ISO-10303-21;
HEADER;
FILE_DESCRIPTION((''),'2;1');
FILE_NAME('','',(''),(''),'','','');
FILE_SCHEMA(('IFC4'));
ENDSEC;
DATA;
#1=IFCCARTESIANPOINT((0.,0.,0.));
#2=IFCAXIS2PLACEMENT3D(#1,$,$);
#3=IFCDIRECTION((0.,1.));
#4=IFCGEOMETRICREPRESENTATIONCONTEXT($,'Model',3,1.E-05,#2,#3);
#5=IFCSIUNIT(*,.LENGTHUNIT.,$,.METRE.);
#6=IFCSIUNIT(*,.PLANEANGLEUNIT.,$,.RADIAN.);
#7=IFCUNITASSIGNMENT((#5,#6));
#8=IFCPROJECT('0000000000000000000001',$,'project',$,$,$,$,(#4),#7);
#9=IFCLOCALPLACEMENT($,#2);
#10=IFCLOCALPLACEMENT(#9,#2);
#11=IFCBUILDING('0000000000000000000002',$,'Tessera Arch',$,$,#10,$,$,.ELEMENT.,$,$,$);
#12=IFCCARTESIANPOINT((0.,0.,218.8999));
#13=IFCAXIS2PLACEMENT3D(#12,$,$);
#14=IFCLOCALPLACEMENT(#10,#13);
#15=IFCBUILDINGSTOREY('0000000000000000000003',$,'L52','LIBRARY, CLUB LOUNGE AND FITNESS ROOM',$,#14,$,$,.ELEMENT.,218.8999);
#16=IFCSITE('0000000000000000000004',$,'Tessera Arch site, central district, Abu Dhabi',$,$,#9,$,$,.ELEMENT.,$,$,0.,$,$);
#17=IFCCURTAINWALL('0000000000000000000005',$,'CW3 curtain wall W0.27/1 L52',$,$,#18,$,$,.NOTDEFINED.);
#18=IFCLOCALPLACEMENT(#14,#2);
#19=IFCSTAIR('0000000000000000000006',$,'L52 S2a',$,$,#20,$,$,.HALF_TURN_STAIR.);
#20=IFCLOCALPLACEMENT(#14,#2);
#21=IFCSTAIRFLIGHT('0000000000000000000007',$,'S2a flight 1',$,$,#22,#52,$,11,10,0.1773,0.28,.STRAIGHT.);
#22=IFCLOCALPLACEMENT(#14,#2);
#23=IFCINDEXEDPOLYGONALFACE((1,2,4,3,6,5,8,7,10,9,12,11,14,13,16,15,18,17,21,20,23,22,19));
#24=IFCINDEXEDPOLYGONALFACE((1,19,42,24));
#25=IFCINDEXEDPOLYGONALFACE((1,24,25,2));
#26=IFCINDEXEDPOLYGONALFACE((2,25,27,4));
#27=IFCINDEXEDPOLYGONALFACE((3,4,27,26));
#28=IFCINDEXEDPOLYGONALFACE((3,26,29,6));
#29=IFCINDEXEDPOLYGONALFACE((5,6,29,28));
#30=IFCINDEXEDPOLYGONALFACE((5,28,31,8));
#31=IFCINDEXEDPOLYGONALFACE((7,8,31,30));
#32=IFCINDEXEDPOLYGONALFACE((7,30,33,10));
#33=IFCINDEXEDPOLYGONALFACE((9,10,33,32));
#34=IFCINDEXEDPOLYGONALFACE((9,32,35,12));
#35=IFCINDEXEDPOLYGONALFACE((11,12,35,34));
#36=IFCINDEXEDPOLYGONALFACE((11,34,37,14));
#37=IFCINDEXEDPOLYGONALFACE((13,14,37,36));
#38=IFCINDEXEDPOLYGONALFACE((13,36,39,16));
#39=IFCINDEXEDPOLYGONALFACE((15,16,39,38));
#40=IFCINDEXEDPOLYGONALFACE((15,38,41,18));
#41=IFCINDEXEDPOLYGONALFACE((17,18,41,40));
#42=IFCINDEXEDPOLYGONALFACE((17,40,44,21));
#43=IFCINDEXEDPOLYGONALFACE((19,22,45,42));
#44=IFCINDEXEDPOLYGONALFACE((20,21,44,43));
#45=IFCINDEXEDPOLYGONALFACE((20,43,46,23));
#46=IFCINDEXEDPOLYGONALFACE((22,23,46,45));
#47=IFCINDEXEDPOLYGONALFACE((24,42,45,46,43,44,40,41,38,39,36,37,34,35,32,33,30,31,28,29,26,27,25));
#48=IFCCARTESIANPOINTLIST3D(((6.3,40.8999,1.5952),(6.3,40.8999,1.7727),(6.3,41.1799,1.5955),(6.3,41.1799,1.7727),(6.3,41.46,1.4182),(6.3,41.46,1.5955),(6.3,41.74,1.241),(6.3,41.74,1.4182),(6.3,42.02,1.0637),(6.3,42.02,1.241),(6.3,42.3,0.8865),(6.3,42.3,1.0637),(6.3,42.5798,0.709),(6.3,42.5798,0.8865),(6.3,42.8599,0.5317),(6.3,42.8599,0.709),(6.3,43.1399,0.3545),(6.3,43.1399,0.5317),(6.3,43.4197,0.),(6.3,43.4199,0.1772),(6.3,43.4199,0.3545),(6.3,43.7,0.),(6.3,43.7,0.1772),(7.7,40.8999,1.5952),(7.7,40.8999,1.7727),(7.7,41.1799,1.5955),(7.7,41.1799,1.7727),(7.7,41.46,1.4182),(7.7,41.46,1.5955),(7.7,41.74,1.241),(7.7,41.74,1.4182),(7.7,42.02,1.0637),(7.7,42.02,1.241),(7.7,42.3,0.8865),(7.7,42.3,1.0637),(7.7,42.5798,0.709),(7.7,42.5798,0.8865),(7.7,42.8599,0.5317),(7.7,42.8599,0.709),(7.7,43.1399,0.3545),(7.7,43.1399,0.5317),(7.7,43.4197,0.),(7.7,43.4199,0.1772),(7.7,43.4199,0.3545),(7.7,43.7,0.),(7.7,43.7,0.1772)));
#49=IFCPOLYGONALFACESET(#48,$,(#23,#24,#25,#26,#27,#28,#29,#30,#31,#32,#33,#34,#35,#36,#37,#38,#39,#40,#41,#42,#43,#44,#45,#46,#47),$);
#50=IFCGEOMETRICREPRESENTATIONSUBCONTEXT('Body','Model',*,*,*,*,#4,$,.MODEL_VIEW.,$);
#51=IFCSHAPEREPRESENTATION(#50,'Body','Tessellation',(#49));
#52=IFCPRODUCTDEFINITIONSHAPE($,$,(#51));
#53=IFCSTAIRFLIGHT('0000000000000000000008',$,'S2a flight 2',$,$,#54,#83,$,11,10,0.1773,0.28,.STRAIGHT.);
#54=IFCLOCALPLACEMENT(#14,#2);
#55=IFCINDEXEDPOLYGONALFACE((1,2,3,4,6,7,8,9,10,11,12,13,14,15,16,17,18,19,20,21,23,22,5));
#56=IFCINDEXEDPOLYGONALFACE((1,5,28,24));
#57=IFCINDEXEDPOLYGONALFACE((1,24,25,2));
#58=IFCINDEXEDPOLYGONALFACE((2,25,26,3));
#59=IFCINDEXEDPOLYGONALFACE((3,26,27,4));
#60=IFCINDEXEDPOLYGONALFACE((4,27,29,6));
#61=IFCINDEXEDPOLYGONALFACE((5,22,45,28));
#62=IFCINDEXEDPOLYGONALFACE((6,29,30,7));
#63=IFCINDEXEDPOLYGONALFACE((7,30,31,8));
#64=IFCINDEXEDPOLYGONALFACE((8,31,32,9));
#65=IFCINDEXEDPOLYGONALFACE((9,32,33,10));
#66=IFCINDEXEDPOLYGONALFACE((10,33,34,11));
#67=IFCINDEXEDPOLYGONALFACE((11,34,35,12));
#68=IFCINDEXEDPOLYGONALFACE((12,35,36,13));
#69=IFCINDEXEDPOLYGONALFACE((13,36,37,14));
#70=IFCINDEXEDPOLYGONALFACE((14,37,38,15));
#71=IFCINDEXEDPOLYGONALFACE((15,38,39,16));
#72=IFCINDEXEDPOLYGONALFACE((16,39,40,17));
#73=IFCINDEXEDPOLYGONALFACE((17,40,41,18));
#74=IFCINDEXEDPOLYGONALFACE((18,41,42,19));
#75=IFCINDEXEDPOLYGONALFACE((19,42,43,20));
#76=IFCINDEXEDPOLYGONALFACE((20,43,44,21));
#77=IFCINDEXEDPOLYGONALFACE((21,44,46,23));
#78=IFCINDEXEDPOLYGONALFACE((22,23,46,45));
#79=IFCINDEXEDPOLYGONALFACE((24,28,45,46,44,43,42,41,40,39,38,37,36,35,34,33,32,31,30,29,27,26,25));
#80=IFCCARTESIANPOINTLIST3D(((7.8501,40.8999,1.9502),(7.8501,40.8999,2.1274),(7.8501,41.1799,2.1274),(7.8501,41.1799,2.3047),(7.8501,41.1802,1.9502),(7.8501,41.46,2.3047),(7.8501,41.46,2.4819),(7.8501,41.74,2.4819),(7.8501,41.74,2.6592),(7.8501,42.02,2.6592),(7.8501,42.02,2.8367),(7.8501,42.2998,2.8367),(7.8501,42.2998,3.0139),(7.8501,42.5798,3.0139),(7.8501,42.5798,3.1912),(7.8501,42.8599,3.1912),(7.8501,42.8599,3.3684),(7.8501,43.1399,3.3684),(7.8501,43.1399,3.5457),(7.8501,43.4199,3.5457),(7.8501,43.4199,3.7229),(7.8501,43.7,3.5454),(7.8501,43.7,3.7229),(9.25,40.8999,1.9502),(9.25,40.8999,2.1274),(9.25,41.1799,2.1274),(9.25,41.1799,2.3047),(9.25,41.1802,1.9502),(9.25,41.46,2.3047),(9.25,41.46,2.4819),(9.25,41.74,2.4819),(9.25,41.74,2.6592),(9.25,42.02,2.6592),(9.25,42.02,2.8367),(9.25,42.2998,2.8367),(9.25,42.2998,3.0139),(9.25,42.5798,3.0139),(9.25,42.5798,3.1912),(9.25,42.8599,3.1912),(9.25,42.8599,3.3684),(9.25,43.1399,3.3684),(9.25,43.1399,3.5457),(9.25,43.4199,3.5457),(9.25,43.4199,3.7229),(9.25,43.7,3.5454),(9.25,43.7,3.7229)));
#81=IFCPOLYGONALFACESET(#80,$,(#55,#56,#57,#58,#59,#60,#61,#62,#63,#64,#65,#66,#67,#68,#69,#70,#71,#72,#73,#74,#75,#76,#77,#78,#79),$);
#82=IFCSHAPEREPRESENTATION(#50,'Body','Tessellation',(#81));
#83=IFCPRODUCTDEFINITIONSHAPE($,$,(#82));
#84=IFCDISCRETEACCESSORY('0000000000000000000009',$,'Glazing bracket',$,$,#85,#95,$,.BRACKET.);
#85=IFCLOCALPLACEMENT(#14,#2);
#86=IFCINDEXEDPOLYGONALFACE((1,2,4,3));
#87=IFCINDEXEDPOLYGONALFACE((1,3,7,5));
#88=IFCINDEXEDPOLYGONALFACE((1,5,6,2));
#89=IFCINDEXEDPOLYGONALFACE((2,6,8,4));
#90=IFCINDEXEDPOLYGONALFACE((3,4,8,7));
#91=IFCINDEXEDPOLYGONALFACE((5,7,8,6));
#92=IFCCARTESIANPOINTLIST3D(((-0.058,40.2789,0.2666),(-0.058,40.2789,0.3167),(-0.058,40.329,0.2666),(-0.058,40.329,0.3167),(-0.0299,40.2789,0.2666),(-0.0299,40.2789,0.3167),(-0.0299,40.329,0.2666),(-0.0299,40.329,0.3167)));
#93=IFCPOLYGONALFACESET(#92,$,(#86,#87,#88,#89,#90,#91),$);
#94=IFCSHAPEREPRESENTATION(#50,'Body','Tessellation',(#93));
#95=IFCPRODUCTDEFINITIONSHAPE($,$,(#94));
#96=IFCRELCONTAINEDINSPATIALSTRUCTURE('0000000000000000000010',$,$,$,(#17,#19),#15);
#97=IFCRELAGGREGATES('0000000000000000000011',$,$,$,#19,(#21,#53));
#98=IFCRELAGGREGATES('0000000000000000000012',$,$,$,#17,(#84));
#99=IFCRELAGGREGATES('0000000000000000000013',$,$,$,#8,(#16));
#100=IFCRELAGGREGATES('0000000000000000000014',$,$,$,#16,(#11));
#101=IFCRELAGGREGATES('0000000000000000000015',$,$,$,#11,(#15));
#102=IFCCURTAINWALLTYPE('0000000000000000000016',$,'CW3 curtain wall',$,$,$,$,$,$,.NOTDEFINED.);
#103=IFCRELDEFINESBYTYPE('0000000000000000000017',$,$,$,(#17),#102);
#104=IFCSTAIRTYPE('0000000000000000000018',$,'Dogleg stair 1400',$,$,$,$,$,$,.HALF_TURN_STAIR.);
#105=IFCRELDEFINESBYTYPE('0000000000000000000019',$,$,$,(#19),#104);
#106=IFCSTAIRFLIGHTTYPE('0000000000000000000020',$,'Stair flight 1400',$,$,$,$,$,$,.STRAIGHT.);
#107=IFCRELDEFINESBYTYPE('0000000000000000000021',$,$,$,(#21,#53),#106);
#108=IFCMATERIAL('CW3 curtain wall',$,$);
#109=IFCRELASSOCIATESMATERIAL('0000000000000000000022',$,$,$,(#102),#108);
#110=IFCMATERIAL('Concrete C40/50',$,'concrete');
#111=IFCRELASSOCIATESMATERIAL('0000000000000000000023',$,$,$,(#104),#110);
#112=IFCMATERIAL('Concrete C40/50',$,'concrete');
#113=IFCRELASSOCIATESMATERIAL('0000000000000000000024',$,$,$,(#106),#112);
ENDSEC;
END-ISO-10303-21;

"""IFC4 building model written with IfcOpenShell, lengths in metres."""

from ifc_helpers import new_model, si_unit, direction, frame, origin, origin_2d, place, context, subcontext, project, spatial, polyline, rectangle, outline, extrude, material, type_object, element, aggregate, save


model = new_model("IFC4")

# Units and contexts
model_context = context("Model", 3, precision=1e-05, world=origin(), true_north=direction((0.0, 1.0)))
body_context = subcontext(model_context, "Body", "Model", "MODEL_VIEW")
ifc_project = project(units=[si_unit("LENGTHUNIT", "METRE"), si_unit("PLANEANGLEUNIT", "RADIAN")], contexts=[model_context])

# Site, building, storey
site_placement = place(None, origin())
site = spatial("IfcSite", under=ifc_project, at=site_placement, Name="Tessera Arch site, central district, Abu Dhabi", CompositionType="ELEMENT", RefElevation=0.0)
building_placement = place(site_placement, origin())
building = spatial("IfcBuilding", under=site, at=building_placement, Name="Tessera Arch", CompositionType="ELEMENT")
storey_placement = place(building_placement, frame((0.0, 0.0, 218.8999)))
storey = spatial("IfcBuildingStorey", under=building, at=storey_placement, Name="L52", Description="LIBRARY, CLUB LOUNGE AND FITNESS ROOM", CompositionType="ELEMENT", Elevation=218.8999)

# Curtain wall
ifc_material_1 = material(Name="CW3 curtain wall")
curtain_wall_type = type_object("IfcCurtainWallType", Name="CW3 curtain wall", PredefinedType="NOTDEFINED", material=ifc_material_1)
curtain_wall_placement = place(storey_placement, origin())
curtain_wall = element("IfcCurtainWall", 1, at=curtain_wall_placement, inside=storey, type_object=curtain_wall_type, Name="CW3 curtain wall W0.27/1 L52", PredefinedType="NOTDEFINED")

# Stair, stair flights
ifc_material_2 = material(Name="Concrete C40/50", Category="concrete")
stair_type = type_object("IfcStairType", Name="Dogleg stair 1400", PredefinedType="HALF_TURN_STAIR", material=ifc_material_2)
stair_placement = place(storey_placement, origin())
stair = element("IfcStair", 2, at=stair_placement, inside=storey, type_object=stair_type, Name="L52 S2a", PredefinedType="HALF_TURN_STAIR")
ifc_material_3 = material(Name="Concrete C40/50", Category="concrete")
stair_flight_type = type_object("IfcStairFlightType", Name="Stair flight 1400", PredefinedType="STRAIGHT", material=ifc_material_3)
stair_flight_1_placement = place(storey_placement, frame((7.0, 43.7, 0.0), z_axis=(0.0, 0.0, 1.0), x_axis=(0.0, -1.0, 0.0)))
stair_flight_1 = element("IfcStairFlight", 3, at=stair_flight_1_placement, type_object=stair_flight_type, Name="S2a flight 1", NumberOfRisers=11, NumberOfTreads=10, PredefinedType="STRAIGHT", RiserHeight=0.1773, TreadLength=0.28, context=body_context, shape_type="SweptSolid", body=[
    extrude(outline(polyline([(0.0, 0.0), (0.0, 0.1772), (0.28, 0.1772), (0.28, 0.3545), (0.5601, 0.3545), (0.5601, 0.5317), (0.8401, 0.5317), (0.8401, 0.709), (1.1201, 0.709), (1.1201, 0.8865), (1.3999, 0.8865), (1.3999, 1.0637), (1.6799, 1.0637), (1.6799, 1.241), (1.96, 1.241), (1.96, 1.4182), (2.24, 1.4182), (2.24, 1.5955), (2.52, 1.5955), (2.52, 1.7727), (2.8, 1.7727), (2.8, 1.95), (2.8, 1.5952), (0.2803, 0.0), (0.0, 0.0)])), frame((0.0, 0.7, 0.0), z_axis=(0.0, -1.0, 0.0), x_axis=(1.0, 0.0, 0.0)), (0.0, 0.0, 1.0), 1.3999),
])
stair_flight_2_placement = place(storey_placement, frame((8.55, 40.8999, 1.9502), z_axis=(0.0, 0.0, 1.0), x_axis=(0.0, 1.0, 0.0)))
stair_flight_2 = element("IfcStairFlight", 4, at=stair_flight_2_placement, type_object=stair_flight_type, Name="S2a flight 2", NumberOfRisers=11, NumberOfTreads=10, PredefinedType="STRAIGHT", RiserHeight=0.1773, TreadLength=0.28, context=body_context, shape_type="SweptSolid", body=[
    extrude(outline(polyline([(0.0, 0.0), (0.0, 0.1772), (0.28, 0.1772), (0.28, 0.3545), (0.5601, 0.3545), (0.5601, 0.5317), (0.8401, 0.5317), (0.8401, 0.709), (1.1201, 0.709), (1.1201, 0.8865), (1.3999, 0.8865), (1.3999, 1.0637), (1.6799, 1.0637), (1.6799, 1.241), (1.96, 1.241), (1.96, 1.4182), (2.24, 1.4182), (2.24, 1.5955), (2.52, 1.5955), (2.52, 1.7727), (2.8, 1.7727), (2.8, 1.95), (2.8, 1.5952), (0.2803, 0.0), (0.0, 0.0)])), frame((0.0, 0.7, 0.0), z_axis=(0.0, -1.0, 0.0), x_axis=(1.0, 0.0, 0.0)), (0.0, 0.0, 1.0), 1.3999),
])
aggregate(stair, [stair_flight_1, stair_flight_2])

# Discrete accessory
discrete_accessory_placement = place(storey_placement, frame((-0.0439, 40.304, 0.2666), z_axis=(0.0, 0.0, 1.0), x_axis=(0.0, -1.0, 0.0)))
discrete_accessory = element("IfcDiscreteAccessory", 5, at=discrete_accessory_placement, Name="Glazing bracket", PredefinedType="BRACKET", context=body_context, shape_type="SweptSolid", body=[
    extrude(rectangle(XDim=0.05, YDim=0.0281, at=origin_2d()), origin(), (0.0, 0.0, 1.0), 0.05),
])
aggregate(curtain_wall, [discrete_accessory])

save(model, "model.ifc")
